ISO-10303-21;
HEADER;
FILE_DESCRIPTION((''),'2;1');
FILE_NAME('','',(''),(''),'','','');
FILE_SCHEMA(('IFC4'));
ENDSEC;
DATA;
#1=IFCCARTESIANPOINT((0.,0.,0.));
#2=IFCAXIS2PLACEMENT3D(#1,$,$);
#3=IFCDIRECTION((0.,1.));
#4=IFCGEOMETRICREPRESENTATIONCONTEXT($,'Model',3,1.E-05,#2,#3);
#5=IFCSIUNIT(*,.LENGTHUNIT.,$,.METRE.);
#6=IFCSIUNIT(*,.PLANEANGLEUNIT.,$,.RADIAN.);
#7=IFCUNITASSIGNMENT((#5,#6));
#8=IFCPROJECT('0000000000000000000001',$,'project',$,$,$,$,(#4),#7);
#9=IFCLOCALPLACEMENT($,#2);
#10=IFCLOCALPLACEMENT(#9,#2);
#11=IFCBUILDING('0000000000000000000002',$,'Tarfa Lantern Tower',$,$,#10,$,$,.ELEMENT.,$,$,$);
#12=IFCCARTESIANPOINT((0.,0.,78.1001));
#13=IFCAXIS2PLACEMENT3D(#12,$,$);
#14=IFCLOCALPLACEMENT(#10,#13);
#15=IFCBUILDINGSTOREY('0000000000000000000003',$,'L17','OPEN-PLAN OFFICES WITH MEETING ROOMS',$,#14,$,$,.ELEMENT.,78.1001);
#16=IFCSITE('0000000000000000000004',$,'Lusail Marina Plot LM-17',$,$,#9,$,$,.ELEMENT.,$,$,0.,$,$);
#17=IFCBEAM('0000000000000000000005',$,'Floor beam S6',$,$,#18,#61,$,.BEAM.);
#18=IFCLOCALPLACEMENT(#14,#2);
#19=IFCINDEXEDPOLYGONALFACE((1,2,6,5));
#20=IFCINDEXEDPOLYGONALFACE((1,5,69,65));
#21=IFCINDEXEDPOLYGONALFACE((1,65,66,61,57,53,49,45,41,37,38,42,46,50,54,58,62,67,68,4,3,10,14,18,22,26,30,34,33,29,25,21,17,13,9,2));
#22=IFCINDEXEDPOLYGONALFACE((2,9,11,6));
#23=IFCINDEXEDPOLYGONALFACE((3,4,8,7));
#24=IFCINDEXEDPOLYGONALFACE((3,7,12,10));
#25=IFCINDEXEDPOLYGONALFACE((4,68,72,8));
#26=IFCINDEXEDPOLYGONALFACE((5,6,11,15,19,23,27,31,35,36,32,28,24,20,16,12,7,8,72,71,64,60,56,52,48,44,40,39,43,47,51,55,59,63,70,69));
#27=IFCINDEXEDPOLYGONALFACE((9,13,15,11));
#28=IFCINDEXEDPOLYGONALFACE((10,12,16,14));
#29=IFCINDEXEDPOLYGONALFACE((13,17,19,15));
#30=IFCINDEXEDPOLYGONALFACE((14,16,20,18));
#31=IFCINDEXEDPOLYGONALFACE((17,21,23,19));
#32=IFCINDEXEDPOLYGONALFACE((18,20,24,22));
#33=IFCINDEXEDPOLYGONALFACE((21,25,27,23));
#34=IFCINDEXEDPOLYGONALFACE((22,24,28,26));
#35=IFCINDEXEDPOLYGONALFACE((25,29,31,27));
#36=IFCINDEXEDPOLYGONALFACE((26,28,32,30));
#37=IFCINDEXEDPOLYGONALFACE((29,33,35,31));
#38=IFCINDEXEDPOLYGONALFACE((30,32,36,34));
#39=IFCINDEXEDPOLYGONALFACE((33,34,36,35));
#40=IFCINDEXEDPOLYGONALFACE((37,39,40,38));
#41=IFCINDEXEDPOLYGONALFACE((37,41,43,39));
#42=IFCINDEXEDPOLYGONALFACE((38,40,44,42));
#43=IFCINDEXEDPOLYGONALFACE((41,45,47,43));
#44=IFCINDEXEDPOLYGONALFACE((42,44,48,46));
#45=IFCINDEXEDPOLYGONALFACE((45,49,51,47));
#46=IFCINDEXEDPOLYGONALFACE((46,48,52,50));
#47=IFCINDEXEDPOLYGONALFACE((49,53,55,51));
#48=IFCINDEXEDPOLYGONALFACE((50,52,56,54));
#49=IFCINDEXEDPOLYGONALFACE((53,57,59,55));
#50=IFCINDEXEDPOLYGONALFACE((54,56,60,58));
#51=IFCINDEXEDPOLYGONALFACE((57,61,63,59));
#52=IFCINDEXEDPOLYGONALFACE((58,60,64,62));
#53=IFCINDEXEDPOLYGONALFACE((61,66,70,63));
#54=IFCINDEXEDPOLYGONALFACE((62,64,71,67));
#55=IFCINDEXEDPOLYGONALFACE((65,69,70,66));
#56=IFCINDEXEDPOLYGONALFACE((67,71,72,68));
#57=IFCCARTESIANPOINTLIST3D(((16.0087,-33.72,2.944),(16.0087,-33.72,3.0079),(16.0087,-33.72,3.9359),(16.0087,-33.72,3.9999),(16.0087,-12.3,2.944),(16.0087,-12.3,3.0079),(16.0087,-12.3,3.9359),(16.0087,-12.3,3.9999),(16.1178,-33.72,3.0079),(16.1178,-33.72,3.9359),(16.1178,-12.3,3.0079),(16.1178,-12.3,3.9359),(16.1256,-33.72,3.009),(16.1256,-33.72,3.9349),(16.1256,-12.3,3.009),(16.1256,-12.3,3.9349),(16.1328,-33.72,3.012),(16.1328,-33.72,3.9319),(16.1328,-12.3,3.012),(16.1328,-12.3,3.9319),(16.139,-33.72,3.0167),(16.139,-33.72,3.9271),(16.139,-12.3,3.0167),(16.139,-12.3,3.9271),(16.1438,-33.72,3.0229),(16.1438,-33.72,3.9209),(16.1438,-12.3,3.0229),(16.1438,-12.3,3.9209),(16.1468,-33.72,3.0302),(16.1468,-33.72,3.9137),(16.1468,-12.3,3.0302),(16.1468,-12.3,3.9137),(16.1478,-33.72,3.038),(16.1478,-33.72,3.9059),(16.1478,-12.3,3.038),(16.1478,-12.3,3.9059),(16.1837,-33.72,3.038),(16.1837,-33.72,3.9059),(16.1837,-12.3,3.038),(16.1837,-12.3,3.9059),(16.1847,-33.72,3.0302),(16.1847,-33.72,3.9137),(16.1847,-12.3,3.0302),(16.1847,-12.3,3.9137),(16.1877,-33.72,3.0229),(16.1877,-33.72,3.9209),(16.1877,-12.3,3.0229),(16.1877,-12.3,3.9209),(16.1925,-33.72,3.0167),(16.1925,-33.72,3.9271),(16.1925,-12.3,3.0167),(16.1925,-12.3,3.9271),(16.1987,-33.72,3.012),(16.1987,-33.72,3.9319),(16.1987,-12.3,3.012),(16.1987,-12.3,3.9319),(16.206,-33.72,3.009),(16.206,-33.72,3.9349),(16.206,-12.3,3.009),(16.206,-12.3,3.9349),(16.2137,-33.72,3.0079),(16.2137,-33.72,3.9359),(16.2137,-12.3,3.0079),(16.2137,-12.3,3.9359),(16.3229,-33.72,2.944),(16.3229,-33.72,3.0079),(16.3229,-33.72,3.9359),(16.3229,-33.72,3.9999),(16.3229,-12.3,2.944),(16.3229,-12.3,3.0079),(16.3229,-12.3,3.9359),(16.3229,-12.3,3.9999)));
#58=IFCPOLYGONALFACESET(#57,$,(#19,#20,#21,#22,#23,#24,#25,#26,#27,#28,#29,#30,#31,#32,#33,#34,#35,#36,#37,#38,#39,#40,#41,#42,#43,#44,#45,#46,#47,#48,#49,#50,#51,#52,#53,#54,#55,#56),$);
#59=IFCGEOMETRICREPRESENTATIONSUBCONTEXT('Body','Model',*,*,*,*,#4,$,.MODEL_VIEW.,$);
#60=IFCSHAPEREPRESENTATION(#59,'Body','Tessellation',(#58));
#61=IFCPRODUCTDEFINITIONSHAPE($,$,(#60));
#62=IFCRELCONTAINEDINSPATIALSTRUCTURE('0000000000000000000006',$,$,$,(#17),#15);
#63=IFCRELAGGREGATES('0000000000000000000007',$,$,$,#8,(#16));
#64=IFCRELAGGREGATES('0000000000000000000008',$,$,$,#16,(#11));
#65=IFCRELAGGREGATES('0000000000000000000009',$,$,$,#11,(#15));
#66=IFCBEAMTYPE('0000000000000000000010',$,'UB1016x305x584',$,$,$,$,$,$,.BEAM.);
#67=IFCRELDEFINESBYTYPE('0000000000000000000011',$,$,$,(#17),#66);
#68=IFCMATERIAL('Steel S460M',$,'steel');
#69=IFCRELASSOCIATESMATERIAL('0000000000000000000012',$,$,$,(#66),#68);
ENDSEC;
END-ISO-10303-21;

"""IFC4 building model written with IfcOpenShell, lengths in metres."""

from ifc_helpers import new_model, si_unit, direction, frame, origin, origin_2d, place, context, subcontext, project, spatial, i_section, extrude, material, material_profile, profile_set, type_object, element, save


model = new_model("IFC4")

# Units and contexts
model_context = context("Model", 3, precision=1e-05, world=origin(), true_north=direction((0.0, 1.0)))
body_context = subcontext(model_context, "Body", "Model", "MODEL_VIEW")
ifc_project = project(units=[si_unit("LENGTHUNIT", "METRE"), si_unit("PLANEANGLEUNIT", "RADIAN")], contexts=[model_context])

# Site, building, storey
site_placement = place(None, origin())
site = spatial("IfcSite", under=ifc_project, at=site_placement, Name="Lusail Marina Plot LM-17", CompositionType="ELEMENT", RefElevation=0.0)
building_placement = place(site_placement, origin())
building = spatial("IfcBuilding", under=site, at=building_placement, Name="Tarfa Lantern Tower", CompositionType="ELEMENT")
storey_placement = place(building_placement, frame((0.0, 0.0, 78.1001)))
storey = spatial("IfcBuildingStorey", under=building, at=storey_placement, Name="L17", Description="OPEN-PLAN OFFICES WITH MEETING ROOMS", CompositionType="ELEMENT", Elevation=78.1001)

# Beam
ifc_material_1 = material(Name="Steel S460M", Category="steel")
ifc_material_profile_1 = material_profile(ifc_material_1, i_section(OverallWidth=0.3142, OverallDepth=1.0559, WebThickness=0.0359, FlangeThickness=0.064, FilletRadius=0.03, at=origin_2d()), Name="UB1016x305x584")
ifc_profile_set_1 = profile_set([ifc_material_profile_1], Name="Steel S460M")
beam_type_1 = type_object("IfcBeamType", Name="UB1016x305x584", PredefinedType="BEAM", material=ifc_profile_set_1)
beam_1_placement = place(storey_placement, frame((16.1658, -33.72, 3.4719), z_axis=(0.0, 1.0, 0.0), x_axis=(-1.0, 0.0, 0.0)))
element("IfcBeam", 1, at=beam_1_placement, inside=storey, type_object=beam_type_1, Name="Floor beam S6", PredefinedType="BEAM", context=body_context, shape_type="SweptSolid", body=[
    extrude(i_section(OverallWidth=0.3142, OverallDepth=1.0559, WebThickness=0.0359, FlangeThickness=0.064, FilletRadius=0.03, at=origin_2d()), origin(), (0.0, 0.0, 1.0), 21.4199),
])

save(model, "model.ifc")
